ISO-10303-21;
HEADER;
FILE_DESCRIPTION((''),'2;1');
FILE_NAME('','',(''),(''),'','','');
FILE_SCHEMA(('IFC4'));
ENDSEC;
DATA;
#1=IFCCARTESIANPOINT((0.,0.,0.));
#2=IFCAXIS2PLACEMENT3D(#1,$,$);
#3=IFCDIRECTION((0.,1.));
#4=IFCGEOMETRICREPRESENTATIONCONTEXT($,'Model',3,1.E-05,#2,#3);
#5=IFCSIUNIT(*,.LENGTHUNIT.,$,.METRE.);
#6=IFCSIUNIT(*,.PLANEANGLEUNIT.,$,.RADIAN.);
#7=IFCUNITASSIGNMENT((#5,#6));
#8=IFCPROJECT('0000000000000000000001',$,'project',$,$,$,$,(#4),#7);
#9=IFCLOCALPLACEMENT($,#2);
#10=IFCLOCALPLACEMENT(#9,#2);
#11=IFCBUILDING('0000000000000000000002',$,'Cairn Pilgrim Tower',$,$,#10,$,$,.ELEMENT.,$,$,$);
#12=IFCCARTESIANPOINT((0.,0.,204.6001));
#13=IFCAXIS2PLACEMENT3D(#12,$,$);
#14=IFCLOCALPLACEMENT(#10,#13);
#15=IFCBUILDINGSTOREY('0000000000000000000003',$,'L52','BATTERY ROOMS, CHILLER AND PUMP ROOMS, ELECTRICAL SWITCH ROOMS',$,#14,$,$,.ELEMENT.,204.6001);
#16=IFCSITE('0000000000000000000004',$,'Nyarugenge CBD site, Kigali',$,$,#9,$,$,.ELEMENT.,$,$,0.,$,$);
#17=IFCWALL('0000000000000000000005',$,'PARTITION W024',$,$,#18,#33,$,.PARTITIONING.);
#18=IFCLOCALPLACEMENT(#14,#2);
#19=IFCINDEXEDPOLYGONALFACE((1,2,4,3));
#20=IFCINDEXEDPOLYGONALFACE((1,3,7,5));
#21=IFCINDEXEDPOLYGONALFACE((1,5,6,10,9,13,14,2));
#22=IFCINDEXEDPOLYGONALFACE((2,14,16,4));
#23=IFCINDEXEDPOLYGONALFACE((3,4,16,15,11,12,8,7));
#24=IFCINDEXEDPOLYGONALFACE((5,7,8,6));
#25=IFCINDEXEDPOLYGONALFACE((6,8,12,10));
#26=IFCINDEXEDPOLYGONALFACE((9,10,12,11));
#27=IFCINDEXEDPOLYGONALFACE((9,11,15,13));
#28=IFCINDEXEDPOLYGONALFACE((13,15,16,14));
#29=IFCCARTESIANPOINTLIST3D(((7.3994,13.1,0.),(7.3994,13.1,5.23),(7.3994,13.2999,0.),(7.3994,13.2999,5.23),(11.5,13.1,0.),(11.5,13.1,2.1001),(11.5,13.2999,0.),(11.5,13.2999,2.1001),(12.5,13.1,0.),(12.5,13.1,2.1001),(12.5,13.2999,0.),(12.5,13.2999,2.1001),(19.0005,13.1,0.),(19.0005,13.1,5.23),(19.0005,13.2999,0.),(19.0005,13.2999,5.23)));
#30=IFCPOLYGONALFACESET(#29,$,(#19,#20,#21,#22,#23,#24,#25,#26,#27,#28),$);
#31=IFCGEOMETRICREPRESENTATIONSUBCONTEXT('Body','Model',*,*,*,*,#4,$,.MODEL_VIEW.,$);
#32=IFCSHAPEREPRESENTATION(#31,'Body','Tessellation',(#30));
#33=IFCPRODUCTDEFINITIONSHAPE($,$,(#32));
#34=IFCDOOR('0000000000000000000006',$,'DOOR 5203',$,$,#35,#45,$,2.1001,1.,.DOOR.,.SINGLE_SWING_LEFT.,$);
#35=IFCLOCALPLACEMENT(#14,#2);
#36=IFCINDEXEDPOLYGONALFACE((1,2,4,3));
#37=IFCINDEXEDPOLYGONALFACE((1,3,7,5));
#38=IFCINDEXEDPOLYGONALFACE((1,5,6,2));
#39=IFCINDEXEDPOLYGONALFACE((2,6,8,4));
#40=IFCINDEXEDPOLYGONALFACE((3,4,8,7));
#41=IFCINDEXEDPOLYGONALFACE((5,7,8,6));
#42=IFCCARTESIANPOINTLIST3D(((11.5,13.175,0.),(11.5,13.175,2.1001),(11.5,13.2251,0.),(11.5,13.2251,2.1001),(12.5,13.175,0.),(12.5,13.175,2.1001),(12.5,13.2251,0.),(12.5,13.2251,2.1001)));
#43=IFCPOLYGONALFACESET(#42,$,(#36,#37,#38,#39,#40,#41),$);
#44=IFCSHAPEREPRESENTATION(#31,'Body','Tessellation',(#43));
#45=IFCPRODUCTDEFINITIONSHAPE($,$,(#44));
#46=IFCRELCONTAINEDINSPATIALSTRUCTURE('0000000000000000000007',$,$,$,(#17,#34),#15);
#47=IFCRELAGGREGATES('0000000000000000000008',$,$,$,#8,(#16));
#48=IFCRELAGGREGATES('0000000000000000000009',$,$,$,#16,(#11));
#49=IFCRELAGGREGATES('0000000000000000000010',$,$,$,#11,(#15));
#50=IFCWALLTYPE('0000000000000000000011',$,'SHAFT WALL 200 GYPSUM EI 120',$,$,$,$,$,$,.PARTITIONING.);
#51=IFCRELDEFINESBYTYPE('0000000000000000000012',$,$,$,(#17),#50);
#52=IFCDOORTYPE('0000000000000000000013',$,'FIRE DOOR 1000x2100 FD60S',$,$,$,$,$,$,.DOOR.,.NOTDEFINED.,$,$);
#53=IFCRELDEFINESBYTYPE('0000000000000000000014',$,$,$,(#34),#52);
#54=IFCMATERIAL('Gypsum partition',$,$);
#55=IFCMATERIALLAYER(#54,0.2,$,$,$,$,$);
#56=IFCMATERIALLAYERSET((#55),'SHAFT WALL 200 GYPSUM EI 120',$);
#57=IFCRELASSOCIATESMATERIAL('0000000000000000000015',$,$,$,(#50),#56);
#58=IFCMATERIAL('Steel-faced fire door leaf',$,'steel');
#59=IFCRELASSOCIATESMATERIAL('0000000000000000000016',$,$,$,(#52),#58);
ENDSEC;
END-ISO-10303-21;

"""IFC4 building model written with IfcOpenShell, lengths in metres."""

from ifc_helpers import new_model, si_unit, direction, frame, frame_2d, origin, place, context, subcontext, project, spatial, rectangle, extrude, material, layer, layer_set, type_object, element, fill, save


model = new_model("IFC4")

# Units and contexts
model_context = context("Model", 3, precision=1e-05, world=origin(), true_north=direction((0.0, 1.0)))
body_context = subcontext(model_context, "Body", "Model", "MODEL_VIEW")
ifc_project = project(units=[si_unit("LENGTHUNIT", "METRE"), si_unit("PLANEANGLEUNIT", "RADIAN")], contexts=[model_context])

# Site, building, storey
site_placement = place(None, origin())
site = spatial("IfcSite", under=ifc_project, at=site_placement, Name="Nyarugenge CBD site, Kigali", CompositionType="ELEMENT", RefElevation=0.0)
building_placement = place(site_placement, origin())
building = spatial("IfcBuilding", under=site, at=building_placement, Name="Cairn Pilgrim Tower", CompositionType="ELEMENT")
storey_placement = place(building_placement, frame((0.0, 0.0, 204.6001)))
storey = spatial("IfcBuildingStorey", under=building, at=storey_placement, Name="L52", Description="BATTERY ROOMS, CHILLER AND PUMP ROOMS, ELECTRICAL SWITCH ROOMS", CompositionType="ELEMENT", Elevation=204.6001)

# Shared definitions
ifc_material_1 = material(Name="Gypsum partition")

# Wall, opening, door
ifc_layer_1 = layer(ifc_material_1, 0.2)
ifc_layer_set_1 = layer_set([ifc_layer_1], Name="SHAFT WALL 200 GYPSUM EI 120")
wall_type_1 = type_object("IfcWallType", Name="SHAFT WALL 200 GYPSUM EI 120", PredefinedType="PARTITIONING", material=ifc_layer_set_1)
wall_1_placement = place(storey_placement, frame((7.3994, 13.2, 0.0), z_axis=(0.0, 0.0, 1.0), x_axis=(1.0, 0.0, 0.0)))
wall_1 = element("IfcWall", 1, at=wall_1_placement, inside=storey, type_object=wall_type_1, Name="PARTITION W024", PredefinedType="PARTITIONING", context=body_context, shape_type="SweptSolid", body=[
    extrude(rectangle(XDim=11.6011, YDim=0.2, at=frame_2d((5.8005, 0.0))), origin(), (0.0, 0.0, 1.0), 5.23),
])
opening_placement = place(wall_1_placement, frame((4.1006, 0.0, 0.0)))
opening = element("IfcOpeningElement", 2, at=opening_placement, cuts=wall_1, PredefinedType="OPENING", context=body_context, shape_type="SweptSolid", body=[
    extrude(rectangle(XDim=1.0, YDim=2.1001, at=frame_2d((0.5, 1.05))), frame((0.0, 0.1099, 0.0), z_axis=(0.0, -1.0, 0.0), x_axis=(1.0, 0.0, 0.0)), (0.0, 0.0, 1.0), 0.22),
])
ifc_material_2 = material(Name="Steel-faced fire door leaf", Category="steel")
door_type = type_object("IfcDoorType", Name="FIRE DOOR 1000x2100 FD60S", OperationType="NOTDEFINED", PredefinedType="DOOR", material=ifc_material_2)
door_placement = place(opening_placement, frame((1.0, 0.0, 0.0), z_axis=(0.0, 0.0, 1.0), x_axis=(-1.0, 0.0, 0.0)))
door = element("IfcDoor", 3, at=door_placement, inside=storey, type_object=door_type, Name="DOOR 5203", OperationType="SINGLE_SWING_LEFT", OverallHeight=2.1001, OverallWidth=1.0, PredefinedType="DOOR", context=body_context, shape_type="SweptSolid", body=[
    extrude(rectangle(XDim=1.0, YDim=2.1001, at=frame_2d((0.5, 1.05))), frame((0.0, 0.0249, 0.0), z_axis=(0.0, -1.0, 0.0), x_axis=(1.0, 0.0, 0.0)), (0.0, 0.0, 1.0), 0.05),
])
fill(opening, door)

save(model, "model.ifc")
